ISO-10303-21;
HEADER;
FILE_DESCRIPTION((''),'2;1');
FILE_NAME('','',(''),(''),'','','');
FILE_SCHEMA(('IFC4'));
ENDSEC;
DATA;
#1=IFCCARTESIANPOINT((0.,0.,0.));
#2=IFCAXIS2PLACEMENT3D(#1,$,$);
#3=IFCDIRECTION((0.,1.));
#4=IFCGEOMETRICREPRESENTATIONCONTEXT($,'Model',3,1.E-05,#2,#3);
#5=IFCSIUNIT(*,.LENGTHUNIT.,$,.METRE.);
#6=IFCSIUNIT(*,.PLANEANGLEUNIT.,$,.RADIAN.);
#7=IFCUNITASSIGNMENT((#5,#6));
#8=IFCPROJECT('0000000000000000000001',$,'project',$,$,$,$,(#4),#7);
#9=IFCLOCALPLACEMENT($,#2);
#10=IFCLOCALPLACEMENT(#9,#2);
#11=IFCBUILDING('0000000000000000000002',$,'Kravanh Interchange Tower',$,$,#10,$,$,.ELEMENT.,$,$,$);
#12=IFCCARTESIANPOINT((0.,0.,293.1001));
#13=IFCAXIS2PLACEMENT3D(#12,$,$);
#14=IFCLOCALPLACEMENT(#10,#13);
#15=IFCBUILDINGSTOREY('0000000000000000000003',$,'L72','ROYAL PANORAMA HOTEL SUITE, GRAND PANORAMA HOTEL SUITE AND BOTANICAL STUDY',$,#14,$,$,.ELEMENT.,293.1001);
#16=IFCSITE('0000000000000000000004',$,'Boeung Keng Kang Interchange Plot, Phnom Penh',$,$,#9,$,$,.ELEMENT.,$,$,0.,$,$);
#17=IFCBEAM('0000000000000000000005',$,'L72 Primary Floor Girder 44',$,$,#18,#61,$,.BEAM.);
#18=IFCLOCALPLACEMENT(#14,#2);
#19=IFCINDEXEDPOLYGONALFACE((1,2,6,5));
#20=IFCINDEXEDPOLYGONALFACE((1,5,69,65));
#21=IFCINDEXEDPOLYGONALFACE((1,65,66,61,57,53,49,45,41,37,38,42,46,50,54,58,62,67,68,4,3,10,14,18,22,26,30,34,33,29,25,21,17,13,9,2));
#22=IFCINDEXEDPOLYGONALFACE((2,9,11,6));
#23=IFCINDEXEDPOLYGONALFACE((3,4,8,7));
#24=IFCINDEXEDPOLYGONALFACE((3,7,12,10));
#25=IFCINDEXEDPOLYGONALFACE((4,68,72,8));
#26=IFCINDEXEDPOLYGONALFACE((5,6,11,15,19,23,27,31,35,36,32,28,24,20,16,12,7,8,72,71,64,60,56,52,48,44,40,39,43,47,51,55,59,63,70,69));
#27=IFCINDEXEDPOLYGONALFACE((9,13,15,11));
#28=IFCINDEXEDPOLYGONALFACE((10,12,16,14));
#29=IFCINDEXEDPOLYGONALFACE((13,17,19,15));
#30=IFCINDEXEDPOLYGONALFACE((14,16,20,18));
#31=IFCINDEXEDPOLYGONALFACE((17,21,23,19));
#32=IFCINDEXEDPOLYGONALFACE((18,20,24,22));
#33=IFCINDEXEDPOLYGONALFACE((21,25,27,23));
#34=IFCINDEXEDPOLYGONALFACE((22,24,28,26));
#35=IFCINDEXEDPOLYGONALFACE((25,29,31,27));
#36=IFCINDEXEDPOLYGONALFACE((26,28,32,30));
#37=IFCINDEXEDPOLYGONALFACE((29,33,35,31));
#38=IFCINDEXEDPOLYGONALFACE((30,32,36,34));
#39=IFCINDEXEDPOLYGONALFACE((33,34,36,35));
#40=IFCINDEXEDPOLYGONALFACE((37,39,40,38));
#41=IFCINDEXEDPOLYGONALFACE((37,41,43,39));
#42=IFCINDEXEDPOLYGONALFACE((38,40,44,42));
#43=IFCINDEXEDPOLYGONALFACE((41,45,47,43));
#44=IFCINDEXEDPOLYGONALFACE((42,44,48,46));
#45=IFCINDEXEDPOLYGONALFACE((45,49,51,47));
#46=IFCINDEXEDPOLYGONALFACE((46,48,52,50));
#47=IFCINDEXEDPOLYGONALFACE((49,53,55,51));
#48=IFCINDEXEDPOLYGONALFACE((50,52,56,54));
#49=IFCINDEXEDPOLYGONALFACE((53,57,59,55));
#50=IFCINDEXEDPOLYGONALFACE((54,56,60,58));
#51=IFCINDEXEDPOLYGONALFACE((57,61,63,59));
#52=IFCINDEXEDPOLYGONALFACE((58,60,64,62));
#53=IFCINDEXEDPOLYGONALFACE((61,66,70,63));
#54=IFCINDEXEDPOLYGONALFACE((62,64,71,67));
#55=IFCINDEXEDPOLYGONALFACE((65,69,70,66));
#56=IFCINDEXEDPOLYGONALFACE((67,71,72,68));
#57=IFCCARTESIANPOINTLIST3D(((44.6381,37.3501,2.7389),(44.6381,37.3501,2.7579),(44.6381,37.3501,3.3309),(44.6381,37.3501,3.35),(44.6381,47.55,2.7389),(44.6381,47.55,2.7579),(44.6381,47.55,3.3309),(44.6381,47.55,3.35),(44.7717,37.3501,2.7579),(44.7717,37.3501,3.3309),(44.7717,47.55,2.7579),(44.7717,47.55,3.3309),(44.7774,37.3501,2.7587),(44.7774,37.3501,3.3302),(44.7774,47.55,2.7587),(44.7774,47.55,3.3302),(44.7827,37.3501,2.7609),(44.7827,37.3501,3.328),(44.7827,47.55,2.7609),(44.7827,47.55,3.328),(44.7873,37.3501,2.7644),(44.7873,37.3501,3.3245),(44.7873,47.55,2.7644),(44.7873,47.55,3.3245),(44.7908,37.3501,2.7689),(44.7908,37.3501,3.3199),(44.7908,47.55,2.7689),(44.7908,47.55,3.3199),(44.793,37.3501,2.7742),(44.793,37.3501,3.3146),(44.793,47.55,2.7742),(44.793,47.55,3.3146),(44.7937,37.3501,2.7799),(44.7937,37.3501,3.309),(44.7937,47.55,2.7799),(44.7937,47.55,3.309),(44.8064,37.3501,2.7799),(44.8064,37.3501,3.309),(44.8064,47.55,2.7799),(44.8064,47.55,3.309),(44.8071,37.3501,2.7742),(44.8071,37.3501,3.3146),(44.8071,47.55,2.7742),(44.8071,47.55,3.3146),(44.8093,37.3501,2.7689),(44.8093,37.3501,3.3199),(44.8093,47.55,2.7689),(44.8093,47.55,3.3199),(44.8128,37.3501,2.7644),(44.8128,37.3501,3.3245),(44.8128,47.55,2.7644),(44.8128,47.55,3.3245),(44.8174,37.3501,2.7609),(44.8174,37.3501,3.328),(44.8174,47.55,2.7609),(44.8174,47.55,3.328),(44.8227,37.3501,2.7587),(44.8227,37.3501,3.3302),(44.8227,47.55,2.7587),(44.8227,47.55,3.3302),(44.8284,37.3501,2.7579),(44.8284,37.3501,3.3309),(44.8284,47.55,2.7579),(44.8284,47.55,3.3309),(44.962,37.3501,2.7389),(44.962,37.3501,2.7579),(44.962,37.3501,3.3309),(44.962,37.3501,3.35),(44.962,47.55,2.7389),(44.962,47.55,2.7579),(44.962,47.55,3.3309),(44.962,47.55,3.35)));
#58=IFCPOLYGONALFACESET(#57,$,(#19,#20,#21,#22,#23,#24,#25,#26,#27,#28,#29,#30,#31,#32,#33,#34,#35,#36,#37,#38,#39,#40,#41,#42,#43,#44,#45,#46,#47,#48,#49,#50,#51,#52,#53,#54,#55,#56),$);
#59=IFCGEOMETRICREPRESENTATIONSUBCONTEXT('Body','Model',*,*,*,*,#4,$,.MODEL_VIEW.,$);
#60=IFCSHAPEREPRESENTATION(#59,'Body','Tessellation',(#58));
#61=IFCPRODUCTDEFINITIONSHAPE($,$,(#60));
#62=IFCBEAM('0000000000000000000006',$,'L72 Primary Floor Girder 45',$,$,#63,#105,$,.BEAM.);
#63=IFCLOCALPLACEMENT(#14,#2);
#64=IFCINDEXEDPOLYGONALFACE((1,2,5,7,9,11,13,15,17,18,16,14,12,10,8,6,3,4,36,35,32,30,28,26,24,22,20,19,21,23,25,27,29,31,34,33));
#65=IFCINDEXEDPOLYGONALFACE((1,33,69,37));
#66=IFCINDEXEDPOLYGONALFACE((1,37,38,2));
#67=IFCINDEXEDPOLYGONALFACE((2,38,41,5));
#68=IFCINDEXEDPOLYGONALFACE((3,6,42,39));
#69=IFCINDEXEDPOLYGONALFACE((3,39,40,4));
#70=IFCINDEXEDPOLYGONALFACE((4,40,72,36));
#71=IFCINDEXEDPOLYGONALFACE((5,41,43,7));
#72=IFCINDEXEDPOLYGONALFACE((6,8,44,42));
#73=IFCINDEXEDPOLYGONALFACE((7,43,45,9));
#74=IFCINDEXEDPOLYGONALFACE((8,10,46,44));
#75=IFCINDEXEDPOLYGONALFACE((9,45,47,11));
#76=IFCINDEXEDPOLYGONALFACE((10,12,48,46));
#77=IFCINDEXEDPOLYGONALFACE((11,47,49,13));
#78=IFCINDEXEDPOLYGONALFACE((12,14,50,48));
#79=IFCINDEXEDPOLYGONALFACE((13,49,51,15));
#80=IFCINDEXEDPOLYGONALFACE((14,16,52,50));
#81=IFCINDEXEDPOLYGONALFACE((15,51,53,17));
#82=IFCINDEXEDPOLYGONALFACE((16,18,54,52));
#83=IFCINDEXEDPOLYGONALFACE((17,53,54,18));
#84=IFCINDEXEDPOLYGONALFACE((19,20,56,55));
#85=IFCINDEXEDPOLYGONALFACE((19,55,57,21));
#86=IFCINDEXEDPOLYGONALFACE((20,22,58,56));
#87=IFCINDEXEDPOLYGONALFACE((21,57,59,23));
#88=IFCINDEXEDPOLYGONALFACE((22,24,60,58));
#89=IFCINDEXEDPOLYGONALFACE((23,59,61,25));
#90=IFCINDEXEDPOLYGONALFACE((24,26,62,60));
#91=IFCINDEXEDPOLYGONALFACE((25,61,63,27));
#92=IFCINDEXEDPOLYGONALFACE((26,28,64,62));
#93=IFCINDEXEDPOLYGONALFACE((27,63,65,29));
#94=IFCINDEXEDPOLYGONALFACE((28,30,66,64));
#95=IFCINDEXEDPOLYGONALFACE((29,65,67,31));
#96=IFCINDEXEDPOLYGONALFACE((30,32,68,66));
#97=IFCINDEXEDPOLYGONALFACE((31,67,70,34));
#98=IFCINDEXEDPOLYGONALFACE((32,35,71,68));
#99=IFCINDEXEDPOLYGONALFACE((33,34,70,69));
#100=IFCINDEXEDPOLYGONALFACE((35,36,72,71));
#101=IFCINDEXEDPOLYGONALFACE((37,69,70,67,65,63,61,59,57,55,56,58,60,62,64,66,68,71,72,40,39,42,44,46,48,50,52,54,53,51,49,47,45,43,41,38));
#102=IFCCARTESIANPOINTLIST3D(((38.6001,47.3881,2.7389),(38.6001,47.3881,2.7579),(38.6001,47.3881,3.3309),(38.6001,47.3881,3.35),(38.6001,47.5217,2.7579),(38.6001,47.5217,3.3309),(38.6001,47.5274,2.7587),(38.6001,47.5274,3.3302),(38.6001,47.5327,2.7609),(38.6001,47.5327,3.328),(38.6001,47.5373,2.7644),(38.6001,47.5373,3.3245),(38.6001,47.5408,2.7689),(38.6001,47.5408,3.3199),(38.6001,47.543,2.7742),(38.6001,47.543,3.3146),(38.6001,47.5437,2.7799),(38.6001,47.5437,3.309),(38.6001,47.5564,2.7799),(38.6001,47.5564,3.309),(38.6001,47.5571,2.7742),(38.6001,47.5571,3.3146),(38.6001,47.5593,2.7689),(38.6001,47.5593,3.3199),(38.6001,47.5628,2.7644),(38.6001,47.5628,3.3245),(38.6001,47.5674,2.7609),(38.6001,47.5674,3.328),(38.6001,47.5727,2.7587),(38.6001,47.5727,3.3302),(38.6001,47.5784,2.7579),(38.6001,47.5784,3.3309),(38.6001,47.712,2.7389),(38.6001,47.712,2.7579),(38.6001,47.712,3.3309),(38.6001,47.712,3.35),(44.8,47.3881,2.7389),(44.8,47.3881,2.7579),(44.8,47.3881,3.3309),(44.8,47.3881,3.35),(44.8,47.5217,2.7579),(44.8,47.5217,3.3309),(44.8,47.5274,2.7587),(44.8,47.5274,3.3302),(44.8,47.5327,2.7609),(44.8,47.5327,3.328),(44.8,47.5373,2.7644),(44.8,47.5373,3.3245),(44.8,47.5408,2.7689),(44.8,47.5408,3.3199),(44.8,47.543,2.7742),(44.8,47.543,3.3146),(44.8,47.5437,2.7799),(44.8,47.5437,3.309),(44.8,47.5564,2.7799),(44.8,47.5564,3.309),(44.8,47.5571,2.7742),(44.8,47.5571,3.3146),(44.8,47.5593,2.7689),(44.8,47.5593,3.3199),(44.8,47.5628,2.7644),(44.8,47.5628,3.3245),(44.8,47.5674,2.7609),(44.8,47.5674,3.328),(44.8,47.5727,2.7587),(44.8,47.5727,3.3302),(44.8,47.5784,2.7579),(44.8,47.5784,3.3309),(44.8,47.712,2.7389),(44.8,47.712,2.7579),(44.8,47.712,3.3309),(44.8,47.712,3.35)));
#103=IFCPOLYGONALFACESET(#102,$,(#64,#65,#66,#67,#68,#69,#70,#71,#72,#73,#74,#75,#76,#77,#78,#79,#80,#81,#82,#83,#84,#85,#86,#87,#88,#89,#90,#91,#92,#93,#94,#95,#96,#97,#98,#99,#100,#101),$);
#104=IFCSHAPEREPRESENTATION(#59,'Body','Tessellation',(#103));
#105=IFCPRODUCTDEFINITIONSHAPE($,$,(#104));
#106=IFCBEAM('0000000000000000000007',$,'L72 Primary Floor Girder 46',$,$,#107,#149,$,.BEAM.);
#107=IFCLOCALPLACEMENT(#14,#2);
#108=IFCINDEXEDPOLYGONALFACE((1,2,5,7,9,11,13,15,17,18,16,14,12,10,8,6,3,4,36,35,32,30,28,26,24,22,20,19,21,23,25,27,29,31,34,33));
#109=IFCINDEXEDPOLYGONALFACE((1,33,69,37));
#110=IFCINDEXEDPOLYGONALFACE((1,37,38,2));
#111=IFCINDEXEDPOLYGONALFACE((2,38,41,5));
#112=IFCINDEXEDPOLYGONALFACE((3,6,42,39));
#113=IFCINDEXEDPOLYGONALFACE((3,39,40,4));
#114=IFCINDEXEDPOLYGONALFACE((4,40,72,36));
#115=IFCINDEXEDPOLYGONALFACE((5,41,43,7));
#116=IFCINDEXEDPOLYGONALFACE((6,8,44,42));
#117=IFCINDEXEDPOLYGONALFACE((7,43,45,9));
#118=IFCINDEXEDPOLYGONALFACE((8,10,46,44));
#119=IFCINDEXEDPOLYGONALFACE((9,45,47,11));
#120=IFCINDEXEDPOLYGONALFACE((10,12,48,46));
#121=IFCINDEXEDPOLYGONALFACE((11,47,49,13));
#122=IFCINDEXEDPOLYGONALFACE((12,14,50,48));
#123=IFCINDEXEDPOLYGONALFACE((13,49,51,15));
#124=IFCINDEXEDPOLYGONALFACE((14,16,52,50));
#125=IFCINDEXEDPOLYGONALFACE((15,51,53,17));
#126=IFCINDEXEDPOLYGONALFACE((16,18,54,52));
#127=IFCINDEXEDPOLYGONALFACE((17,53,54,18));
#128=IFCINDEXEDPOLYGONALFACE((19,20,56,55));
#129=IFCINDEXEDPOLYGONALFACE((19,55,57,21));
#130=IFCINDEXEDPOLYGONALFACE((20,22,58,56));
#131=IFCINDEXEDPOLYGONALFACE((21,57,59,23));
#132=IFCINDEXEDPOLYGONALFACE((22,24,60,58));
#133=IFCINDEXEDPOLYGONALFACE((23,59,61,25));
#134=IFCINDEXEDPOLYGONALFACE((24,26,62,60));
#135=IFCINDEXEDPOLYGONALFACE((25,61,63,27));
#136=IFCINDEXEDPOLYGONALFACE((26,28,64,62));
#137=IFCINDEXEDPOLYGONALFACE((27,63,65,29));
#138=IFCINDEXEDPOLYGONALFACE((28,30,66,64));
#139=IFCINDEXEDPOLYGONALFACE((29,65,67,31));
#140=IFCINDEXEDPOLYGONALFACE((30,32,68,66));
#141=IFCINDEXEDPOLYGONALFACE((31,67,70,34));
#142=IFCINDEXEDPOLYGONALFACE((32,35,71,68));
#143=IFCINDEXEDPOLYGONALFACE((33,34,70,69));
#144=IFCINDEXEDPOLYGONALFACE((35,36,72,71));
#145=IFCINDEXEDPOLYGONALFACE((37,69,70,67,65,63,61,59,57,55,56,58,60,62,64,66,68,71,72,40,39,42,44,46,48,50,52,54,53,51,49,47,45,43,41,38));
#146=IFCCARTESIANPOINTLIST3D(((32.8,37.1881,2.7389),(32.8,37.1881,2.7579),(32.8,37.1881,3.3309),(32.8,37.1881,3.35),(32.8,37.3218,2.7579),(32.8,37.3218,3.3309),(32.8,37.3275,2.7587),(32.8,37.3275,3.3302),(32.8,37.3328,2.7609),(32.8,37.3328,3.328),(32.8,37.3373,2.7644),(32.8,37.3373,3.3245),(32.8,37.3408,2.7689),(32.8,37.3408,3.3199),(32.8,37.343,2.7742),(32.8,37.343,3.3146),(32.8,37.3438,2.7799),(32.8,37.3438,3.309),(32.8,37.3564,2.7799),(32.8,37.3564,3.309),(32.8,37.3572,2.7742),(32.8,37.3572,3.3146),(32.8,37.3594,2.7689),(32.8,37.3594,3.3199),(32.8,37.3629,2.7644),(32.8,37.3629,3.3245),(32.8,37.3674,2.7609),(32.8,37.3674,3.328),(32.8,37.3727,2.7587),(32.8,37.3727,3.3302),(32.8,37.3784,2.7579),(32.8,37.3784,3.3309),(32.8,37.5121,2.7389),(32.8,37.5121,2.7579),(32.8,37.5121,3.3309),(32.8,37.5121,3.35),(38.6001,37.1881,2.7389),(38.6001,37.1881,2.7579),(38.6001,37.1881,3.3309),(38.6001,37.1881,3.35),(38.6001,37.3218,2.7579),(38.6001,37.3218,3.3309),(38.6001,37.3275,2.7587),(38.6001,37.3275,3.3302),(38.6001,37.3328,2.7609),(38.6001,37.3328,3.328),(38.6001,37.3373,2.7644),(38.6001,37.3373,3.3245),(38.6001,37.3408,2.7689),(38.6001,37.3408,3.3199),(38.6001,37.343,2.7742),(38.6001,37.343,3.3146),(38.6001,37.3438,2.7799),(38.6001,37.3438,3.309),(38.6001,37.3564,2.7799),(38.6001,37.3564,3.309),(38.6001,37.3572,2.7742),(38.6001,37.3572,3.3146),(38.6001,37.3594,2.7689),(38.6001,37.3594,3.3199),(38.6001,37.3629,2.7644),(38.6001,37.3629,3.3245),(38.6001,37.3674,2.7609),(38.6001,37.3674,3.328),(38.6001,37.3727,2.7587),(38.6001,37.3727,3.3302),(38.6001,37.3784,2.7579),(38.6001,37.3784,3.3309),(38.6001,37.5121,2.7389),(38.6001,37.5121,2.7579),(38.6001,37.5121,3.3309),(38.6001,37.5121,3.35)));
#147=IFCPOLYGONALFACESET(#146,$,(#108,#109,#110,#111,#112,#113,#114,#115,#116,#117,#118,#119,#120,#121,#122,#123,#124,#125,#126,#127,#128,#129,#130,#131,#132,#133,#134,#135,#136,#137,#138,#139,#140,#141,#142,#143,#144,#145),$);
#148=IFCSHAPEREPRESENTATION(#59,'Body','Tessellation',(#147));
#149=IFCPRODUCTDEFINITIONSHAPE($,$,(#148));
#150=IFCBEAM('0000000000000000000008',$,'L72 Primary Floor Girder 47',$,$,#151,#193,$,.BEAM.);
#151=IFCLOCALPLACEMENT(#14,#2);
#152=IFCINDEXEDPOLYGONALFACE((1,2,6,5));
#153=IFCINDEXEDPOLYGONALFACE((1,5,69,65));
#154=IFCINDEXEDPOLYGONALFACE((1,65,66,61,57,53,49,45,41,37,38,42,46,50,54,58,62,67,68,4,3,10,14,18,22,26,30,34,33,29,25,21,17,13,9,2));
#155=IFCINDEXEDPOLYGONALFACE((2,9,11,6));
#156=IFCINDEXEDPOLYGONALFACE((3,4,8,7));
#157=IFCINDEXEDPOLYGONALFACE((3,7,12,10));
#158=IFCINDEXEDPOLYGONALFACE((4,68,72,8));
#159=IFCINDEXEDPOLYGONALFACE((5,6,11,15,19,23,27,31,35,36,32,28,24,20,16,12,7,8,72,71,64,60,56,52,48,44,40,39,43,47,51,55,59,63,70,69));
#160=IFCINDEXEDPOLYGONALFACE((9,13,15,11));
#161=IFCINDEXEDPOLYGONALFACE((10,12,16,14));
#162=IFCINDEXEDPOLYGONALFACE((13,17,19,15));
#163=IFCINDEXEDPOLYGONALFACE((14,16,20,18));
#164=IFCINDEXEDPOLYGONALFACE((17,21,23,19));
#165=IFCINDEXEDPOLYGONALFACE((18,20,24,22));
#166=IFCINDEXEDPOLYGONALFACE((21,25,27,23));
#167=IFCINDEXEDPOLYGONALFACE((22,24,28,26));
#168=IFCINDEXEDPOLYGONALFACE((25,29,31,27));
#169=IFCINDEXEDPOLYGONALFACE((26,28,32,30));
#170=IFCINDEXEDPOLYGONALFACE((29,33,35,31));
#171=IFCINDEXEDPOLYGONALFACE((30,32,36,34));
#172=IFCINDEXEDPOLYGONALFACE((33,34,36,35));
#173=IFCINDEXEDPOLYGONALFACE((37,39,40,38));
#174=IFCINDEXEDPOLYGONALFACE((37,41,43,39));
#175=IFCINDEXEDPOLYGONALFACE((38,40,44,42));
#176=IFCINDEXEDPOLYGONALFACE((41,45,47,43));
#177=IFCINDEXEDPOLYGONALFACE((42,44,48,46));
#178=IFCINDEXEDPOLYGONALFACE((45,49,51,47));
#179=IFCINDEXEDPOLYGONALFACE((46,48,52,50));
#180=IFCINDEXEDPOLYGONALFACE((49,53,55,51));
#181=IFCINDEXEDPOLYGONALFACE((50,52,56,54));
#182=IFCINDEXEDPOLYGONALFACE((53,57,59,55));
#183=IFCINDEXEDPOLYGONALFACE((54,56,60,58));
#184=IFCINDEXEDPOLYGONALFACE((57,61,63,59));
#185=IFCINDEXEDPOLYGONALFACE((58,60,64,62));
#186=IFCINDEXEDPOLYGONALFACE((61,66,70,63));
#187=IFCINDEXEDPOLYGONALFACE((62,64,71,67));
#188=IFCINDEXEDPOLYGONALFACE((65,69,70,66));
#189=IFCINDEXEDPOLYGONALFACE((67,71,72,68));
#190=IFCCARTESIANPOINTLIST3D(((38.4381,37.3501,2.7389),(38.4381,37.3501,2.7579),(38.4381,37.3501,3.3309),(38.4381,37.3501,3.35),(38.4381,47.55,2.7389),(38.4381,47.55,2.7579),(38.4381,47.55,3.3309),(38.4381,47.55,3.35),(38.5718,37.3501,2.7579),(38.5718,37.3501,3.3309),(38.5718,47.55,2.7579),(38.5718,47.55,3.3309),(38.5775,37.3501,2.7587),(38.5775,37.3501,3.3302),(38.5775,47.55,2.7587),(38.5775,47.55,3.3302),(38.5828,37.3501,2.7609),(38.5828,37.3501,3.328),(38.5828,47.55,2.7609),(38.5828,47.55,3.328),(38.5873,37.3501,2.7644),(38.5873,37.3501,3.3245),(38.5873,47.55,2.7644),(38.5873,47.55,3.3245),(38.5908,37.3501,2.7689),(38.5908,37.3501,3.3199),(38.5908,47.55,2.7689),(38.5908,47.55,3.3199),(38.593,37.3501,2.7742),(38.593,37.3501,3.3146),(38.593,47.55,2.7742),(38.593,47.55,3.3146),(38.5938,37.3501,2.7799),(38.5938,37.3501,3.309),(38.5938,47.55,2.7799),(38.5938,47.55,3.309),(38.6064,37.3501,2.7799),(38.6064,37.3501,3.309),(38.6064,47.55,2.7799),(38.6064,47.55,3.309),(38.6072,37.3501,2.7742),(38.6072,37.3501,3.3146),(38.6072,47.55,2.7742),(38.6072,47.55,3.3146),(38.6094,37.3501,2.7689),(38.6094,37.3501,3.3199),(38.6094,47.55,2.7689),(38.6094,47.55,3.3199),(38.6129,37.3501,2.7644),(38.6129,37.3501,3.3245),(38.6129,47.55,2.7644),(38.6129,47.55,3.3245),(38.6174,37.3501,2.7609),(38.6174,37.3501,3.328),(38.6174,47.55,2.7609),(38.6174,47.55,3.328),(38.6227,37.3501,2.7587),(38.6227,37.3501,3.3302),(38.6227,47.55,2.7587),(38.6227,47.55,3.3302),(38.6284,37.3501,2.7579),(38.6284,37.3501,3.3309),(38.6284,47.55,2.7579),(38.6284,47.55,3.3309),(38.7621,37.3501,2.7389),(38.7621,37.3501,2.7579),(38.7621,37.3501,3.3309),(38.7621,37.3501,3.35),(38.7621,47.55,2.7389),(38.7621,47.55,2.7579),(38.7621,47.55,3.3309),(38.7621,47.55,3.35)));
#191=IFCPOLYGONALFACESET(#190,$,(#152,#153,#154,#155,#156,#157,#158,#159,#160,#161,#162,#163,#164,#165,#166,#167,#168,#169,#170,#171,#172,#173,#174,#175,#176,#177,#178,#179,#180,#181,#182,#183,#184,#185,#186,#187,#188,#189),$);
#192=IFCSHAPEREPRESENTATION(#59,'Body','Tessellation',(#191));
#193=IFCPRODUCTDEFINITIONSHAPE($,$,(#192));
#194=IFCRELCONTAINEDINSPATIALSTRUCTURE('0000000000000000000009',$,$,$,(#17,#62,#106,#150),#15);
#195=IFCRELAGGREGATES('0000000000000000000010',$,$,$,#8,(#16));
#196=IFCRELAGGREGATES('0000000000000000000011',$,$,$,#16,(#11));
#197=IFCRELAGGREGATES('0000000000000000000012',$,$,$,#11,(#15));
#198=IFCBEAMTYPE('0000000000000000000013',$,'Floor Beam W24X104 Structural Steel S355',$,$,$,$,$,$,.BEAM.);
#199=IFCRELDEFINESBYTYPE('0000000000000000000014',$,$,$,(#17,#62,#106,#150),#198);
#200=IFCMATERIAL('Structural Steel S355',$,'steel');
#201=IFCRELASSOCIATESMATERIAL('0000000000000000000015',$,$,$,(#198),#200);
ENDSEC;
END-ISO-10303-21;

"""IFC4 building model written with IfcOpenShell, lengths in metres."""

from ifc_helpers import new_model, si_unit, direction, frame, origin, origin_2d, place, context, subcontext, project, spatial, i_section, extrude, material, material_profile, profile_set, type_object, element, save


model = new_model("IFC4")

# Units and contexts
model_context = context("Model", 3, precision=1e-05, world=origin(), true_north=direction((0.0, 1.0)))
body_context = subcontext(model_context, "Body", "Model", "MODEL_VIEW")
ifc_project = project(units=[si_unit("LENGTHUNIT", "METRE"), si_unit("PLANEANGLEUNIT", "RADIAN")], contexts=[model_context])

# Site, building, storey
site_placement = place(None, origin())
site = spatial("IfcSite", under=ifc_project, at=site_placement, Name="Boeung Keng Kang Interchange Plot, Phnom Penh", CompositionType="ELEMENT", RefElevation=0.0)
building_placement = place(site_placement, origin())
building = spatial("IfcBuilding", under=site, at=building_placement, Name="Kravanh Interchange Tower", CompositionType="ELEMENT")
storey_placement = place(building_placement, frame((0.0, 0.0, 293.1001)))
storey = spatial("IfcBuildingStorey", under=building, at=storey_placement, Name="L72", Description="ROYAL PANORAMA HOTEL SUITE, GRAND PANORAMA HOTEL SUITE AND BOTANICAL STUDY", CompositionType="ELEMENT", Elevation=293.1001)

# Beams
ifc_material_1 = material(Name="Structural Steel S355", Category="steel")
ifc_material_profile_1 = material_profile(ifc_material_1, i_section(OverallWidth=0.324, OverallDepth=0.6111, WebThickness=0.0127, FlangeThickness=0.019, FilletRadius=0.022, at=origin_2d()), Name="W24X104")
ifc_profile_set_1 = profile_set([ifc_material_profile_1], Name="Structural Steel S355")
beam_type_1 = type_object("IfcBeamType", Name="Floor Beam W24X104 Structural Steel S355", PredefinedType="BEAM", material=ifc_profile_set_1)
beam_1_placement = place(storey_placement, frame((44.8, 37.3501, 3.0444), z_axis=(0.0, 1.0, 0.0), x_axis=(-1.0, 0.0, 0.0)))
element("IfcBeam", 1, at=beam_1_placement, inside=storey, type_object=beam_type_1, Name="L72 Primary Floor Girder 44", PredefinedType="BEAM", context=body_context, shape_type="SweptSolid", body=[
    extrude(i_section(OverallWidth=0.324, OverallDepth=0.6111, WebThickness=0.0127, FlangeThickness=0.019, FilletRadius=0.022, at=origin_2d()), origin(), (0.0, 0.0, 1.0), 10.2),
])
beam_2_placement = place(storey_placement, frame((44.8, 47.55, 3.0444), z_axis=(-1.0, 0.0, 0.0), x_axis=(0.0, -1.0, 0.0)))
element("IfcBeam", 2, at=beam_2_placement, inside=storey, type_object=beam_type_1, Name="L72 Primary Floor Girder 45", PredefinedType="BEAM", context=body_context, shape_type="SweptSolid", body=[
    extrude(i_section(OverallWidth=0.324, OverallDepth=0.6111, WebThickness=0.0127, FlangeThickness=0.019, FilletRadius=0.022, at=origin_2d()), origin(), (0.0, 0.0, 1.0), 6.2),
])
beam_3_placement = place(storey_placement, frame((38.6001, 37.3501, 3.0444), z_axis=(-1.0, 0.0, 0.0), x_axis=(0.0, -1.0, 0.0)))
element("IfcBeam", 3, at=beam_3_placement, inside=storey, type_object=beam_type_1, Name="L72 Primary Floor Girder 46", PredefinedType="BEAM", context=body_context, shape_type="SweptSolid", body=[
    extrude(i_section(OverallWidth=0.324, OverallDepth=0.6111, WebThickness=0.0127, FlangeThickness=0.019, FilletRadius=0.022, at=origin_2d()), origin(), (0.0, 0.0, 1.0), 5.8),
])
beam_4_placement = place(storey_placement, frame((38.6001, 37.3501, 3.0444), z_axis=(0.0, 1.0, 0.0), x_axis=(-1.0, 0.0, 0.0)))
element("IfcBeam", 4, at=beam_4_placement, inside=storey, type_object=beam_type_1, Name="L72 Primary Floor Girder 47", PredefinedType="BEAM", context=body_context, shape_type="SweptSolid", body=[
    extrude(i_section(OverallWidth=0.324, OverallDepth=0.6111, WebThickness=0.0127, FlangeThickness=0.019, FilletRadius=0.022, at=origin_2d()), origin(), (0.0, 0.0, 1.0), 10.2),
])

save(model, "model.ifc")
